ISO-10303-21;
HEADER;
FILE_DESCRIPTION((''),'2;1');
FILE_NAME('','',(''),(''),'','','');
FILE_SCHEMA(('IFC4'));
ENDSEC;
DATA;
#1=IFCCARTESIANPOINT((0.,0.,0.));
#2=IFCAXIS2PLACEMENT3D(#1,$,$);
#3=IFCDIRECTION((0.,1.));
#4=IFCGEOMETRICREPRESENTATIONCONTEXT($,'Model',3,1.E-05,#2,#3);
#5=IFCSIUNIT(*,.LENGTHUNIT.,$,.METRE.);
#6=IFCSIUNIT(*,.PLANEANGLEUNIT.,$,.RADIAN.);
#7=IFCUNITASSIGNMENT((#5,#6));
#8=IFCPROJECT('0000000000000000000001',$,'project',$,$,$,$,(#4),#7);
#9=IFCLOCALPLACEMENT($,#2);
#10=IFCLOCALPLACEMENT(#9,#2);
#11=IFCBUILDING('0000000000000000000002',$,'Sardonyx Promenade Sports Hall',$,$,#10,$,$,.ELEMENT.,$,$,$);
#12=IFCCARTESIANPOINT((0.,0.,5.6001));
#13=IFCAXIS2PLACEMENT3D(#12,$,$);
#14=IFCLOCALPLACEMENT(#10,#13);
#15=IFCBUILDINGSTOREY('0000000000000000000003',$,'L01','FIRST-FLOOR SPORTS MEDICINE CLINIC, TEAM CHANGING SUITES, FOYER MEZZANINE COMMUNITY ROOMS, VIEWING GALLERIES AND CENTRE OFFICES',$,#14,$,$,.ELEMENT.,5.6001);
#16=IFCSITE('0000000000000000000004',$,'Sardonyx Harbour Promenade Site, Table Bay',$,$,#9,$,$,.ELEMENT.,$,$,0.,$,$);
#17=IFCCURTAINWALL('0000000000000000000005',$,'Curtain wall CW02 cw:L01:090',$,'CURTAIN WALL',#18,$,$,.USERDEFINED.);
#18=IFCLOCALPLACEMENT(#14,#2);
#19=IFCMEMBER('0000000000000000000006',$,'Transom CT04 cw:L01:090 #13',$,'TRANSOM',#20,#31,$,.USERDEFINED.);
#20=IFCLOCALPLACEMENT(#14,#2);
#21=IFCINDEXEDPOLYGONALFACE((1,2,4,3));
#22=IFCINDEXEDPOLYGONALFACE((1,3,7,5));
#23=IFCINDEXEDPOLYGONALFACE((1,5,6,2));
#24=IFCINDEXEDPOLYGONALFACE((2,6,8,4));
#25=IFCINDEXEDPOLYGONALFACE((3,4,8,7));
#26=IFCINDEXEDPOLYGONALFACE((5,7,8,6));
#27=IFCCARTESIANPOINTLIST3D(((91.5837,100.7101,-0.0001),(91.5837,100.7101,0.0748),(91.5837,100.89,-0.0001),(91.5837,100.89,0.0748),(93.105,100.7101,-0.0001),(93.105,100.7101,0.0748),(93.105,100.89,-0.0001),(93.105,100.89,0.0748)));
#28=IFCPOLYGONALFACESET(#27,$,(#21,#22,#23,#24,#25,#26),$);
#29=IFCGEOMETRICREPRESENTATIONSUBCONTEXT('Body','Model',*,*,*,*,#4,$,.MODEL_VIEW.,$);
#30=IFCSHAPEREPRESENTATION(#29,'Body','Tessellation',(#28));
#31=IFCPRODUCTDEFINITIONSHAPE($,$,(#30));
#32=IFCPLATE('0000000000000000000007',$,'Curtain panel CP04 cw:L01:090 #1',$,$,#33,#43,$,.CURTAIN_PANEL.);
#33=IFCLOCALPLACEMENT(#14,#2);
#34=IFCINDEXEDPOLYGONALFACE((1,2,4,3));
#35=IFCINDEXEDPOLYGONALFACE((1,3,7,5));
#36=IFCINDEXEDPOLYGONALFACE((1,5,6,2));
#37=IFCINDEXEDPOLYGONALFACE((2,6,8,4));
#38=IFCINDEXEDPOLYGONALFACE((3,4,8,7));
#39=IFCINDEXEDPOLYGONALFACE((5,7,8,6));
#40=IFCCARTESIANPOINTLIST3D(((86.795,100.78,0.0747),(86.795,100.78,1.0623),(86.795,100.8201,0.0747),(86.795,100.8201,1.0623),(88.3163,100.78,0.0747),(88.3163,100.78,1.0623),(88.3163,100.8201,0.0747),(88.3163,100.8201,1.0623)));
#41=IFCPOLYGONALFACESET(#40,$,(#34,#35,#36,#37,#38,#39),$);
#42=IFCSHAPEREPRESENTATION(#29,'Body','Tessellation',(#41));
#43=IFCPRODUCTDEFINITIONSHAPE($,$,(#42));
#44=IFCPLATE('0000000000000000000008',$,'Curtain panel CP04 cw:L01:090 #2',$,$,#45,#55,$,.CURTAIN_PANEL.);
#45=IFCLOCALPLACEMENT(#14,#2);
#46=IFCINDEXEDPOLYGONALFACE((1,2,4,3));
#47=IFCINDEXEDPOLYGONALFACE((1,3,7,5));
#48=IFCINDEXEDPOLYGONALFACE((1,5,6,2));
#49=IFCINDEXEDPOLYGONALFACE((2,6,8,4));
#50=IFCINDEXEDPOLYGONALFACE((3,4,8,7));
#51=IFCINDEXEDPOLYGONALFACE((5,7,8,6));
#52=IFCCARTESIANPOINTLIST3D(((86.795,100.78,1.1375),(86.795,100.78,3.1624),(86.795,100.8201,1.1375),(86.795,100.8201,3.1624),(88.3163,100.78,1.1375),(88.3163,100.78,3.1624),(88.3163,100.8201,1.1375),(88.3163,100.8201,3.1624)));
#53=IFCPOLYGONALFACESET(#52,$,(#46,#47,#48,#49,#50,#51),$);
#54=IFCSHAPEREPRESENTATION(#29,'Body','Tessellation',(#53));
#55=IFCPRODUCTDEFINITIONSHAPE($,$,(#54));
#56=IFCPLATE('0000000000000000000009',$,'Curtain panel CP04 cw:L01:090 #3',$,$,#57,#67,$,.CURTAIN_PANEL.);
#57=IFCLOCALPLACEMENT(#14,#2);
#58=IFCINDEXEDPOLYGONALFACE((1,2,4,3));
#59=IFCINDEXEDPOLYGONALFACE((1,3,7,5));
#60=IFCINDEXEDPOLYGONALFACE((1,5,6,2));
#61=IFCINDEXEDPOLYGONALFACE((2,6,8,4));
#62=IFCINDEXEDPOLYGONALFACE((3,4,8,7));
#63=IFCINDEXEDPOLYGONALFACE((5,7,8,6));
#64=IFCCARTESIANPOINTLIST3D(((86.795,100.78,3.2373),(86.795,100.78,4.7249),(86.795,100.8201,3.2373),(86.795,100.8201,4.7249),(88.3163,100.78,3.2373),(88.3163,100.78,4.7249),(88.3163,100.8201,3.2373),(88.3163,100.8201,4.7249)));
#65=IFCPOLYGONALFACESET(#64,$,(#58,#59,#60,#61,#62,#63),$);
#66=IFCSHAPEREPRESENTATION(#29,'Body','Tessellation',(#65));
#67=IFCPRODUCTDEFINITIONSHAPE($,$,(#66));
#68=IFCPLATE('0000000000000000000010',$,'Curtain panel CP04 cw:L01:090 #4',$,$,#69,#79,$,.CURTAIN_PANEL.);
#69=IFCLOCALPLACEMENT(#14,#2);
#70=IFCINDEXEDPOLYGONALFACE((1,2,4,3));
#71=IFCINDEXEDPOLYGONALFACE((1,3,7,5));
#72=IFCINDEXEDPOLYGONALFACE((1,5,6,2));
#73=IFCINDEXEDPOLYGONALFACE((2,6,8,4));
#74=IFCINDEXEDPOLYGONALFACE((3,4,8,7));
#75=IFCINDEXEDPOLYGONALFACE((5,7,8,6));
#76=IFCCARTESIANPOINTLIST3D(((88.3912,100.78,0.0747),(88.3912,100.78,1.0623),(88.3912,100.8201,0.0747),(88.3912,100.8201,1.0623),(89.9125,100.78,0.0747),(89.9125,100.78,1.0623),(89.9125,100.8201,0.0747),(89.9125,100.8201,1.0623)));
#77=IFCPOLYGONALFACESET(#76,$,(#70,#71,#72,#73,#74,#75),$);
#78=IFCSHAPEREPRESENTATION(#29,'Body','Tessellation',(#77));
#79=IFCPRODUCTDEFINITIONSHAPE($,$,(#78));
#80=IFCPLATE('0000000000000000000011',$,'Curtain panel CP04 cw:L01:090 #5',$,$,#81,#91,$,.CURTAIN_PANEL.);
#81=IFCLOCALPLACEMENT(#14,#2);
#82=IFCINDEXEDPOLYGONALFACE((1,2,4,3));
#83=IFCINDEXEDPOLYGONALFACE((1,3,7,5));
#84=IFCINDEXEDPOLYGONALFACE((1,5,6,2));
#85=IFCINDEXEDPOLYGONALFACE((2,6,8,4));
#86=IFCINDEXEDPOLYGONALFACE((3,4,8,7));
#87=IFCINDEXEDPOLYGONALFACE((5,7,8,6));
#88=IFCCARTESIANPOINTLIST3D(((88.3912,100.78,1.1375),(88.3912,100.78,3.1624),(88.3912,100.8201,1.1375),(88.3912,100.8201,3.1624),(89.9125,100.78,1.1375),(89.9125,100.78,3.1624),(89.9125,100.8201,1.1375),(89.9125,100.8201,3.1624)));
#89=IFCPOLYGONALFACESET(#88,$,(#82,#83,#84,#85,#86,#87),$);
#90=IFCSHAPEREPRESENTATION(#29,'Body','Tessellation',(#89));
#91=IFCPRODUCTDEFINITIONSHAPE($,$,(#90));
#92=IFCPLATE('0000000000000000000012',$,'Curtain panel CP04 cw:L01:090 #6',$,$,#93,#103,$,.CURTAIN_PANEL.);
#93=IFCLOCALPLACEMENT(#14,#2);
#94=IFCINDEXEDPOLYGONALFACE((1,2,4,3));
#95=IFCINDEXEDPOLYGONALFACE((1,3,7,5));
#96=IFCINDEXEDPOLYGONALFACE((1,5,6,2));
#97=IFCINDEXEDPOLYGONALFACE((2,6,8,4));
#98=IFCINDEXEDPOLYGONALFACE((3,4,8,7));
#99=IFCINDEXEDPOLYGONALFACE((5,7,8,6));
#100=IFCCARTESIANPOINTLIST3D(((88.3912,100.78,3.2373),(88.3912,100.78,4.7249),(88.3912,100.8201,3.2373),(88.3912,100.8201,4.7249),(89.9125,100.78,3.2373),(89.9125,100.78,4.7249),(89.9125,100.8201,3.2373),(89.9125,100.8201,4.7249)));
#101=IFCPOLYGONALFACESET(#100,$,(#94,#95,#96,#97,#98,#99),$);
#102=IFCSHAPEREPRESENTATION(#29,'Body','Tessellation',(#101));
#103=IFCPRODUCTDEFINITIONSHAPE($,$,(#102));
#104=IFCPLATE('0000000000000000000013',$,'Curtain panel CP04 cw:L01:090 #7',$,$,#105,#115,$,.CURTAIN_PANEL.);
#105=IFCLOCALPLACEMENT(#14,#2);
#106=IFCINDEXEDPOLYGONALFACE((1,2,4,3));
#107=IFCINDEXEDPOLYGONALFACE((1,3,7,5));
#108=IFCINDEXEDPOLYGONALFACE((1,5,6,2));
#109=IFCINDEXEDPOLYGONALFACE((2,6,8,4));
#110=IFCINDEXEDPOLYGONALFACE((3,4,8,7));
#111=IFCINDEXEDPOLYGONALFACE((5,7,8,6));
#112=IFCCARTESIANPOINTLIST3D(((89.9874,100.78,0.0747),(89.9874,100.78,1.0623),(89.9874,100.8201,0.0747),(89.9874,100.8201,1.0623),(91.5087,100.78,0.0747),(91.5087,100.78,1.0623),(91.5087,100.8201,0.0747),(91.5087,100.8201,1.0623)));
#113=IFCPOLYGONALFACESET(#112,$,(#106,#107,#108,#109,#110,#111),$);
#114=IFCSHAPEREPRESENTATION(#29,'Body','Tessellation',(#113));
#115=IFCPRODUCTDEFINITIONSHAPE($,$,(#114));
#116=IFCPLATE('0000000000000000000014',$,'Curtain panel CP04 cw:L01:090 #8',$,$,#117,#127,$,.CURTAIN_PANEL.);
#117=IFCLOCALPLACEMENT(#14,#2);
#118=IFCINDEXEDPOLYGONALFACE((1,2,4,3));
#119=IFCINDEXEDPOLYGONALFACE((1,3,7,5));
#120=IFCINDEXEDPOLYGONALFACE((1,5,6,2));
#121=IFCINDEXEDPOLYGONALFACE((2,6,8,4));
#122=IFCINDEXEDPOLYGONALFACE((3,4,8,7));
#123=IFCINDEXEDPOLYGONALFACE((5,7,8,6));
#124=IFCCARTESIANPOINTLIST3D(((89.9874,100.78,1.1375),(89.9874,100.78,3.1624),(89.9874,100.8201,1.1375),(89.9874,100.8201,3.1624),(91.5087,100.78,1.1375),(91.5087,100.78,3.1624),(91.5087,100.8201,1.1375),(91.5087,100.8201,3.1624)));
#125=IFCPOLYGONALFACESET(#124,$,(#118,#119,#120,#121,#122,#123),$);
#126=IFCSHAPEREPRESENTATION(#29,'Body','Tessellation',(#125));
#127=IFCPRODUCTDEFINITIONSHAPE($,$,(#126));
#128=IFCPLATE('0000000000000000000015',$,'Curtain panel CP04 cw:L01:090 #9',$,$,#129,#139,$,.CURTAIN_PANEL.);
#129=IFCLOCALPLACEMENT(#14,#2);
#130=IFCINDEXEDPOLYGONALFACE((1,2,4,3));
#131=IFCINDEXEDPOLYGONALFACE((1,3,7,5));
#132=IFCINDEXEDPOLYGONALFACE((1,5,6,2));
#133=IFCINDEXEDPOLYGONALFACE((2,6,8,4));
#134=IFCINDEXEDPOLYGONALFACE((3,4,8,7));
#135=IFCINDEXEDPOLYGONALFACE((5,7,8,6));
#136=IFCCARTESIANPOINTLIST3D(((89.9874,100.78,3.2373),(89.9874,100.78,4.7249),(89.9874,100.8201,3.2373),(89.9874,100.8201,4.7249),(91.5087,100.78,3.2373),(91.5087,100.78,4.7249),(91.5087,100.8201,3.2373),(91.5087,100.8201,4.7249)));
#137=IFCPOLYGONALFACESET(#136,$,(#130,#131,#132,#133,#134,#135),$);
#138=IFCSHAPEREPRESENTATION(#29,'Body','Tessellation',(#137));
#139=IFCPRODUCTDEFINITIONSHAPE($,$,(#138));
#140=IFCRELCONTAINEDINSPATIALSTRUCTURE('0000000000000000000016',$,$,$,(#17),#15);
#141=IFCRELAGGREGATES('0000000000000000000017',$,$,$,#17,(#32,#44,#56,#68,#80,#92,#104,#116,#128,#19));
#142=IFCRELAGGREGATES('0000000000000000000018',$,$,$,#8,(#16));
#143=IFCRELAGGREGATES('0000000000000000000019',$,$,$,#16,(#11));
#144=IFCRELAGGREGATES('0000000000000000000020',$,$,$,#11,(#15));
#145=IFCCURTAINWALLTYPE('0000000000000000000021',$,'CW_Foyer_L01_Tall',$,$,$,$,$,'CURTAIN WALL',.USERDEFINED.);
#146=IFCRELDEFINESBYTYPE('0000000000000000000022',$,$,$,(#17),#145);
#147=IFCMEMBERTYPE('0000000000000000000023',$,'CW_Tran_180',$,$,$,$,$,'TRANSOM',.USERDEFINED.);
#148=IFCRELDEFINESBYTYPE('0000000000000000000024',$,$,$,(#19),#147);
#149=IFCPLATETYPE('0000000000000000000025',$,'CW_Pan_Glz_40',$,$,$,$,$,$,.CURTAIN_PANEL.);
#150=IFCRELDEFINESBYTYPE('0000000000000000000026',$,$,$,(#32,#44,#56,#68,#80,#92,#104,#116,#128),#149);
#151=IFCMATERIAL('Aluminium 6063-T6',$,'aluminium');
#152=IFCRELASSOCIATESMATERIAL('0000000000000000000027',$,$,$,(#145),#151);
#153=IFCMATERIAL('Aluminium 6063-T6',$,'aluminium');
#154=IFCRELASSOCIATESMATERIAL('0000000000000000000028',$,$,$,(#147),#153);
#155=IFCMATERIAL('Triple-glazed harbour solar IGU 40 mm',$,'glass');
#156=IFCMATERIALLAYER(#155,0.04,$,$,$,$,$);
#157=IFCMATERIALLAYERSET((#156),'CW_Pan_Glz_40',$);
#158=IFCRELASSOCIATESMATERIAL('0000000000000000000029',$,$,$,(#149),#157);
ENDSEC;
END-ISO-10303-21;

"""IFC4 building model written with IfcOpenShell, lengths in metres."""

from ifc_helpers import new_model, si_unit, direction, frame, origin, origin_2d, place, context, subcontext, project, spatial, rectangle, extrude, material, layer, layer_set, material_profile, profile_set, type_object, element, aggregate, save


model = new_model("IFC4")

# Units and contexts
model_context = context("Model", 3, precision=1e-05, world=origin(), true_north=direction((0.0, 1.0)))
body_context = subcontext(model_context, "Body", "Model", "MODEL_VIEW")
ifc_project = project(units=[si_unit("LENGTHUNIT", "METRE"), si_unit("PLANEANGLEUNIT", "RADIAN")], contexts=[model_context])

# Site, building, storey
site_placement = place(None, origin())
site = spatial("IfcSite", under=ifc_project, at=site_placement, Name="Sardonyx Harbour Promenade Site, Table Bay", CompositionType="ELEMENT", RefElevation=0.0)
building_placement = place(site_placement, origin())
building = spatial("IfcBuilding", under=site, at=building_placement, Name="Sardonyx Promenade Sports Hall", CompositionType="ELEMENT")
storey_placement = place(building_placement, frame((0.0, 0.0, 5.6001)))
storey = spatial("IfcBuildingStorey", under=building, at=storey_placement, Name="L01", Description="FIRST-FLOOR SPORTS MEDICINE CLINIC, TEAM CHANGING SUITES, FOYER MEZZANINE COMMUNITY ROOMS, VIEWING GALLERIES AND CENTRE OFFICES", CompositionType="ELEMENT", Elevation=5.6001)

# Curtain wall, member, plates
ifc_material_1 = material(Name="Aluminium 6063-T6", Category="aluminium")
curtain_wall_type = type_object("IfcCurtainWallType", Name="CW_Foyer_L01_Tall", ElementType="CURTAIN WALL", PredefinedType="USERDEFINED", material=ifc_material_1)
curtain_wall_placement = place(storey_placement, origin())
curtain_wall = element("IfcCurtainWall", 1, at=curtain_wall_placement, inside=storey, type_object=curtain_wall_type, Name="Curtain wall CW02 cw:L01:090", ObjectType="CURTAIN WALL", PredefinedType="USERDEFINED")
ifc_material_2 = material(Name="Aluminium 6063-T6", Category="aluminium")
ifc_material_profile_1 = material_profile(ifc_material_2, rectangle(XDim=0.075, YDim=0.1799, at=origin_2d()))
ifc_profile_set_1 = profile_set([ifc_material_profile_1], Name="Aluminium 6063-T6")
member_type_1 = type_object("IfcMemberType", Name="CW_Tran_180", ElementType="TRANSOM", PredefinedType="USERDEFINED", material=ifc_profile_set_1)
member_1_placement = place(storey_placement, frame((91.5837, 100.8, 0.0374), z_axis=(1.0, 0.0, 0.0), x_axis=(0.0, 0.0, 1.0)))
member_1 = element("IfcMember", 2, at=member_1_placement, type_object=member_type_1, Name="Transom CT04 cw:L01:090 #13", ObjectType="TRANSOM", PredefinedType="USERDEFINED", context=body_context, shape_type="SweptSolid", body=[
    extrude(rectangle(XDim=0.075, YDim=0.1799, at=origin_2d()), origin(), (0.0, 0.0, 1.0), 1.5212),
])
ifc_material_3 = material(Name="Triple-glazed harbour solar IGU 40 mm", Category="glass")
ifc_layer = layer(ifc_material_3, 0.04)
ifc_layer_set = layer_set([ifc_layer], Name="CW_Pan_Glz_40")
plate_type = type_object("IfcPlateType", Name="CW_Pan_Glz_40", PredefinedType="CURTAIN_PANEL", material=ifc_layer_set)
plate_1_placement = place(storey_placement, frame((87.5557, 100.8, 0.0747), z_axis=(0.0, 0.0, 1.0), x_axis=(1.0, 0.0, 0.0)))
plate_1 = element("IfcPlate", 3, at=plate_1_placement, type_object=plate_type, Name="Curtain panel CP04 cw:L01:090 #1", PredefinedType="CURTAIN_PANEL", context=body_context, shape_type="SweptSolid", body=[
    extrude(rectangle(XDim=1.5212, YDim=0.04, at=origin_2d()), origin(), (0.0, 0.0, 1.0), 0.9875),
])
plate_2_placement = place(storey_placement, frame((87.5557, 100.8, 1.1375), z_axis=(0.0, 0.0, 1.0), x_axis=(1.0, 0.0, 0.0)))
plate_2 = element("IfcPlate", 4, at=plate_2_placement, type_object=plate_type, Name="Curtain panel CP04 cw:L01:090 #2", PredefinedType="CURTAIN_PANEL", context=body_context, shape_type="SweptSolid", body=[
    extrude(rectangle(XDim=1.5212, YDim=0.04, at=origin_2d()), origin(), (0.0, 0.0, 1.0), 2.0249),
])
plate_3_placement = place(storey_placement, frame((87.5557, 100.8, 3.2373), z_axis=(0.0, 0.0, 1.0), x_axis=(1.0, 0.0, 0.0)))
plate_3 = element("IfcPlate", 5, at=plate_3_placement, type_object=plate_type, Name="Curtain panel CP04 cw:L01:090 #3", PredefinedType="CURTAIN_PANEL", context=body_context, shape_type="SweptSolid", body=[
    extrude(rectangle(XDim=1.5212, YDim=0.04, at=origin_2d()), origin(), (0.0, 0.0, 1.0), 1.4875),
])
plate_4_placement = place(storey_placement, frame((89.1519, 100.8, 0.0747), z_axis=(0.0, 0.0, 1.0), x_axis=(1.0, 0.0, 0.0)))
plate_4 = element("IfcPlate", 6, at=plate_4_placement, type_object=plate_type, Name="Curtain panel CP04 cw:L01:090 #4", PredefinedType="CURTAIN_PANEL", context=body_context, shape_type="SweptSolid", body=[
    extrude(rectangle(XDim=1.5212, YDim=0.04, at=origin_2d()), origin(), (0.0, 0.0, 1.0), 0.9875),
])
plate_5_placement = place(storey_placement, frame((89.1519, 100.8, 1.1375), z_axis=(0.0, 0.0, 1.0), x_axis=(1.0, 0.0, 0.0)))
plate_5 = element("IfcPlate", 7, at=plate_5_placement, type_object=plate_type, Name="Curtain panel CP04 cw:L01:090 #5", PredefinedType="CURTAIN_PANEL", context=body_context, shape_type="SweptSolid", body=[
    extrude(rectangle(XDim=1.5212, YDim=0.04, at=origin_2d()), origin(), (0.0, 0.0, 1.0), 2.0249),
])
plate_6_placement = place(storey_placement, frame((89.1519, 100.8, 3.2373), z_axis=(0.0, 0.0, 1.0), x_axis=(1.0, 0.0, 0.0)))
plate_6 = element("IfcPlate", 8, at=plate_6_placement, type_object=plate_type, Name="Curtain panel CP04 cw:L01:090 #6", PredefinedType="CURTAIN_PANEL", context=body_context, shape_type="SweptSolid", body=[
    extrude(rectangle(XDim=1.5212, YDim=0.04, at=origin_2d()), origin(), (0.0, 0.0, 1.0), 1.4875),
])
plate_7_placement = place(storey_placement, frame((90.748, 100.8, 0.0747), z_axis=(0.0, 0.0, 1.0), x_axis=(1.0, 0.0, 0.0)))
plate_7 = element("IfcPlate", 9, at=plate_7_placement, type_object=plate_type, Name="Curtain panel CP04 cw:L01:090 #7", PredefinedType="CURTAIN_PANEL", context=body_context, shape_type="SweptSolid", body=[
    extrude(rectangle(XDim=1.5212, YDim=0.04, at=origin_2d()), origin(), (0.0, 0.0, 1.0), 0.9875),
])
plate_8_placement = place(storey_placement, frame((90.748, 100.8, 1.1375), z_axis=(0.0, 0.0, 1.0), x_axis=(1.0, 0.0, 0.0)))
plate_8 = element("IfcPlate", 10, at=plate_8_placement, type_object=plate_type, Name="Curtain panel CP04 cw:L01:090 #8", PredefinedType="CURTAIN_PANEL", context=body_context, shape_type="SweptSolid", body=[
    extrude(rectangle(XDim=1.5212, YDim=0.04, at=origin_2d()), origin(), (0.0, 0.0, 1.0), 2.0249),
])
plate_9_placement = place(storey_placement, frame((90.748, 100.8, 3.2373), z_axis=(0.0, 0.0, 1.0), x_axis=(1.0, 0.0, 0.0)))
plate_9 = element("IfcPlate", 11, at=plate_9_placement, type_object=plate_type, Name="Curtain panel CP04 cw:L01:090 #9", PredefinedType="CURTAIN_PANEL", context=body_context, shape_type="SweptSolid", body=[
    extrude(rectangle(XDim=1.5212, YDim=0.04, at=origin_2d()), origin(), (0.0, 0.0, 1.0), 1.4875),
])
aggregate(curtain_wall, [plate_1, plate_2, plate_3, plate_4, plate_5, plate_6, plate_7, plate_8, plate_9, member_1])

save(model, "model.ifc")
